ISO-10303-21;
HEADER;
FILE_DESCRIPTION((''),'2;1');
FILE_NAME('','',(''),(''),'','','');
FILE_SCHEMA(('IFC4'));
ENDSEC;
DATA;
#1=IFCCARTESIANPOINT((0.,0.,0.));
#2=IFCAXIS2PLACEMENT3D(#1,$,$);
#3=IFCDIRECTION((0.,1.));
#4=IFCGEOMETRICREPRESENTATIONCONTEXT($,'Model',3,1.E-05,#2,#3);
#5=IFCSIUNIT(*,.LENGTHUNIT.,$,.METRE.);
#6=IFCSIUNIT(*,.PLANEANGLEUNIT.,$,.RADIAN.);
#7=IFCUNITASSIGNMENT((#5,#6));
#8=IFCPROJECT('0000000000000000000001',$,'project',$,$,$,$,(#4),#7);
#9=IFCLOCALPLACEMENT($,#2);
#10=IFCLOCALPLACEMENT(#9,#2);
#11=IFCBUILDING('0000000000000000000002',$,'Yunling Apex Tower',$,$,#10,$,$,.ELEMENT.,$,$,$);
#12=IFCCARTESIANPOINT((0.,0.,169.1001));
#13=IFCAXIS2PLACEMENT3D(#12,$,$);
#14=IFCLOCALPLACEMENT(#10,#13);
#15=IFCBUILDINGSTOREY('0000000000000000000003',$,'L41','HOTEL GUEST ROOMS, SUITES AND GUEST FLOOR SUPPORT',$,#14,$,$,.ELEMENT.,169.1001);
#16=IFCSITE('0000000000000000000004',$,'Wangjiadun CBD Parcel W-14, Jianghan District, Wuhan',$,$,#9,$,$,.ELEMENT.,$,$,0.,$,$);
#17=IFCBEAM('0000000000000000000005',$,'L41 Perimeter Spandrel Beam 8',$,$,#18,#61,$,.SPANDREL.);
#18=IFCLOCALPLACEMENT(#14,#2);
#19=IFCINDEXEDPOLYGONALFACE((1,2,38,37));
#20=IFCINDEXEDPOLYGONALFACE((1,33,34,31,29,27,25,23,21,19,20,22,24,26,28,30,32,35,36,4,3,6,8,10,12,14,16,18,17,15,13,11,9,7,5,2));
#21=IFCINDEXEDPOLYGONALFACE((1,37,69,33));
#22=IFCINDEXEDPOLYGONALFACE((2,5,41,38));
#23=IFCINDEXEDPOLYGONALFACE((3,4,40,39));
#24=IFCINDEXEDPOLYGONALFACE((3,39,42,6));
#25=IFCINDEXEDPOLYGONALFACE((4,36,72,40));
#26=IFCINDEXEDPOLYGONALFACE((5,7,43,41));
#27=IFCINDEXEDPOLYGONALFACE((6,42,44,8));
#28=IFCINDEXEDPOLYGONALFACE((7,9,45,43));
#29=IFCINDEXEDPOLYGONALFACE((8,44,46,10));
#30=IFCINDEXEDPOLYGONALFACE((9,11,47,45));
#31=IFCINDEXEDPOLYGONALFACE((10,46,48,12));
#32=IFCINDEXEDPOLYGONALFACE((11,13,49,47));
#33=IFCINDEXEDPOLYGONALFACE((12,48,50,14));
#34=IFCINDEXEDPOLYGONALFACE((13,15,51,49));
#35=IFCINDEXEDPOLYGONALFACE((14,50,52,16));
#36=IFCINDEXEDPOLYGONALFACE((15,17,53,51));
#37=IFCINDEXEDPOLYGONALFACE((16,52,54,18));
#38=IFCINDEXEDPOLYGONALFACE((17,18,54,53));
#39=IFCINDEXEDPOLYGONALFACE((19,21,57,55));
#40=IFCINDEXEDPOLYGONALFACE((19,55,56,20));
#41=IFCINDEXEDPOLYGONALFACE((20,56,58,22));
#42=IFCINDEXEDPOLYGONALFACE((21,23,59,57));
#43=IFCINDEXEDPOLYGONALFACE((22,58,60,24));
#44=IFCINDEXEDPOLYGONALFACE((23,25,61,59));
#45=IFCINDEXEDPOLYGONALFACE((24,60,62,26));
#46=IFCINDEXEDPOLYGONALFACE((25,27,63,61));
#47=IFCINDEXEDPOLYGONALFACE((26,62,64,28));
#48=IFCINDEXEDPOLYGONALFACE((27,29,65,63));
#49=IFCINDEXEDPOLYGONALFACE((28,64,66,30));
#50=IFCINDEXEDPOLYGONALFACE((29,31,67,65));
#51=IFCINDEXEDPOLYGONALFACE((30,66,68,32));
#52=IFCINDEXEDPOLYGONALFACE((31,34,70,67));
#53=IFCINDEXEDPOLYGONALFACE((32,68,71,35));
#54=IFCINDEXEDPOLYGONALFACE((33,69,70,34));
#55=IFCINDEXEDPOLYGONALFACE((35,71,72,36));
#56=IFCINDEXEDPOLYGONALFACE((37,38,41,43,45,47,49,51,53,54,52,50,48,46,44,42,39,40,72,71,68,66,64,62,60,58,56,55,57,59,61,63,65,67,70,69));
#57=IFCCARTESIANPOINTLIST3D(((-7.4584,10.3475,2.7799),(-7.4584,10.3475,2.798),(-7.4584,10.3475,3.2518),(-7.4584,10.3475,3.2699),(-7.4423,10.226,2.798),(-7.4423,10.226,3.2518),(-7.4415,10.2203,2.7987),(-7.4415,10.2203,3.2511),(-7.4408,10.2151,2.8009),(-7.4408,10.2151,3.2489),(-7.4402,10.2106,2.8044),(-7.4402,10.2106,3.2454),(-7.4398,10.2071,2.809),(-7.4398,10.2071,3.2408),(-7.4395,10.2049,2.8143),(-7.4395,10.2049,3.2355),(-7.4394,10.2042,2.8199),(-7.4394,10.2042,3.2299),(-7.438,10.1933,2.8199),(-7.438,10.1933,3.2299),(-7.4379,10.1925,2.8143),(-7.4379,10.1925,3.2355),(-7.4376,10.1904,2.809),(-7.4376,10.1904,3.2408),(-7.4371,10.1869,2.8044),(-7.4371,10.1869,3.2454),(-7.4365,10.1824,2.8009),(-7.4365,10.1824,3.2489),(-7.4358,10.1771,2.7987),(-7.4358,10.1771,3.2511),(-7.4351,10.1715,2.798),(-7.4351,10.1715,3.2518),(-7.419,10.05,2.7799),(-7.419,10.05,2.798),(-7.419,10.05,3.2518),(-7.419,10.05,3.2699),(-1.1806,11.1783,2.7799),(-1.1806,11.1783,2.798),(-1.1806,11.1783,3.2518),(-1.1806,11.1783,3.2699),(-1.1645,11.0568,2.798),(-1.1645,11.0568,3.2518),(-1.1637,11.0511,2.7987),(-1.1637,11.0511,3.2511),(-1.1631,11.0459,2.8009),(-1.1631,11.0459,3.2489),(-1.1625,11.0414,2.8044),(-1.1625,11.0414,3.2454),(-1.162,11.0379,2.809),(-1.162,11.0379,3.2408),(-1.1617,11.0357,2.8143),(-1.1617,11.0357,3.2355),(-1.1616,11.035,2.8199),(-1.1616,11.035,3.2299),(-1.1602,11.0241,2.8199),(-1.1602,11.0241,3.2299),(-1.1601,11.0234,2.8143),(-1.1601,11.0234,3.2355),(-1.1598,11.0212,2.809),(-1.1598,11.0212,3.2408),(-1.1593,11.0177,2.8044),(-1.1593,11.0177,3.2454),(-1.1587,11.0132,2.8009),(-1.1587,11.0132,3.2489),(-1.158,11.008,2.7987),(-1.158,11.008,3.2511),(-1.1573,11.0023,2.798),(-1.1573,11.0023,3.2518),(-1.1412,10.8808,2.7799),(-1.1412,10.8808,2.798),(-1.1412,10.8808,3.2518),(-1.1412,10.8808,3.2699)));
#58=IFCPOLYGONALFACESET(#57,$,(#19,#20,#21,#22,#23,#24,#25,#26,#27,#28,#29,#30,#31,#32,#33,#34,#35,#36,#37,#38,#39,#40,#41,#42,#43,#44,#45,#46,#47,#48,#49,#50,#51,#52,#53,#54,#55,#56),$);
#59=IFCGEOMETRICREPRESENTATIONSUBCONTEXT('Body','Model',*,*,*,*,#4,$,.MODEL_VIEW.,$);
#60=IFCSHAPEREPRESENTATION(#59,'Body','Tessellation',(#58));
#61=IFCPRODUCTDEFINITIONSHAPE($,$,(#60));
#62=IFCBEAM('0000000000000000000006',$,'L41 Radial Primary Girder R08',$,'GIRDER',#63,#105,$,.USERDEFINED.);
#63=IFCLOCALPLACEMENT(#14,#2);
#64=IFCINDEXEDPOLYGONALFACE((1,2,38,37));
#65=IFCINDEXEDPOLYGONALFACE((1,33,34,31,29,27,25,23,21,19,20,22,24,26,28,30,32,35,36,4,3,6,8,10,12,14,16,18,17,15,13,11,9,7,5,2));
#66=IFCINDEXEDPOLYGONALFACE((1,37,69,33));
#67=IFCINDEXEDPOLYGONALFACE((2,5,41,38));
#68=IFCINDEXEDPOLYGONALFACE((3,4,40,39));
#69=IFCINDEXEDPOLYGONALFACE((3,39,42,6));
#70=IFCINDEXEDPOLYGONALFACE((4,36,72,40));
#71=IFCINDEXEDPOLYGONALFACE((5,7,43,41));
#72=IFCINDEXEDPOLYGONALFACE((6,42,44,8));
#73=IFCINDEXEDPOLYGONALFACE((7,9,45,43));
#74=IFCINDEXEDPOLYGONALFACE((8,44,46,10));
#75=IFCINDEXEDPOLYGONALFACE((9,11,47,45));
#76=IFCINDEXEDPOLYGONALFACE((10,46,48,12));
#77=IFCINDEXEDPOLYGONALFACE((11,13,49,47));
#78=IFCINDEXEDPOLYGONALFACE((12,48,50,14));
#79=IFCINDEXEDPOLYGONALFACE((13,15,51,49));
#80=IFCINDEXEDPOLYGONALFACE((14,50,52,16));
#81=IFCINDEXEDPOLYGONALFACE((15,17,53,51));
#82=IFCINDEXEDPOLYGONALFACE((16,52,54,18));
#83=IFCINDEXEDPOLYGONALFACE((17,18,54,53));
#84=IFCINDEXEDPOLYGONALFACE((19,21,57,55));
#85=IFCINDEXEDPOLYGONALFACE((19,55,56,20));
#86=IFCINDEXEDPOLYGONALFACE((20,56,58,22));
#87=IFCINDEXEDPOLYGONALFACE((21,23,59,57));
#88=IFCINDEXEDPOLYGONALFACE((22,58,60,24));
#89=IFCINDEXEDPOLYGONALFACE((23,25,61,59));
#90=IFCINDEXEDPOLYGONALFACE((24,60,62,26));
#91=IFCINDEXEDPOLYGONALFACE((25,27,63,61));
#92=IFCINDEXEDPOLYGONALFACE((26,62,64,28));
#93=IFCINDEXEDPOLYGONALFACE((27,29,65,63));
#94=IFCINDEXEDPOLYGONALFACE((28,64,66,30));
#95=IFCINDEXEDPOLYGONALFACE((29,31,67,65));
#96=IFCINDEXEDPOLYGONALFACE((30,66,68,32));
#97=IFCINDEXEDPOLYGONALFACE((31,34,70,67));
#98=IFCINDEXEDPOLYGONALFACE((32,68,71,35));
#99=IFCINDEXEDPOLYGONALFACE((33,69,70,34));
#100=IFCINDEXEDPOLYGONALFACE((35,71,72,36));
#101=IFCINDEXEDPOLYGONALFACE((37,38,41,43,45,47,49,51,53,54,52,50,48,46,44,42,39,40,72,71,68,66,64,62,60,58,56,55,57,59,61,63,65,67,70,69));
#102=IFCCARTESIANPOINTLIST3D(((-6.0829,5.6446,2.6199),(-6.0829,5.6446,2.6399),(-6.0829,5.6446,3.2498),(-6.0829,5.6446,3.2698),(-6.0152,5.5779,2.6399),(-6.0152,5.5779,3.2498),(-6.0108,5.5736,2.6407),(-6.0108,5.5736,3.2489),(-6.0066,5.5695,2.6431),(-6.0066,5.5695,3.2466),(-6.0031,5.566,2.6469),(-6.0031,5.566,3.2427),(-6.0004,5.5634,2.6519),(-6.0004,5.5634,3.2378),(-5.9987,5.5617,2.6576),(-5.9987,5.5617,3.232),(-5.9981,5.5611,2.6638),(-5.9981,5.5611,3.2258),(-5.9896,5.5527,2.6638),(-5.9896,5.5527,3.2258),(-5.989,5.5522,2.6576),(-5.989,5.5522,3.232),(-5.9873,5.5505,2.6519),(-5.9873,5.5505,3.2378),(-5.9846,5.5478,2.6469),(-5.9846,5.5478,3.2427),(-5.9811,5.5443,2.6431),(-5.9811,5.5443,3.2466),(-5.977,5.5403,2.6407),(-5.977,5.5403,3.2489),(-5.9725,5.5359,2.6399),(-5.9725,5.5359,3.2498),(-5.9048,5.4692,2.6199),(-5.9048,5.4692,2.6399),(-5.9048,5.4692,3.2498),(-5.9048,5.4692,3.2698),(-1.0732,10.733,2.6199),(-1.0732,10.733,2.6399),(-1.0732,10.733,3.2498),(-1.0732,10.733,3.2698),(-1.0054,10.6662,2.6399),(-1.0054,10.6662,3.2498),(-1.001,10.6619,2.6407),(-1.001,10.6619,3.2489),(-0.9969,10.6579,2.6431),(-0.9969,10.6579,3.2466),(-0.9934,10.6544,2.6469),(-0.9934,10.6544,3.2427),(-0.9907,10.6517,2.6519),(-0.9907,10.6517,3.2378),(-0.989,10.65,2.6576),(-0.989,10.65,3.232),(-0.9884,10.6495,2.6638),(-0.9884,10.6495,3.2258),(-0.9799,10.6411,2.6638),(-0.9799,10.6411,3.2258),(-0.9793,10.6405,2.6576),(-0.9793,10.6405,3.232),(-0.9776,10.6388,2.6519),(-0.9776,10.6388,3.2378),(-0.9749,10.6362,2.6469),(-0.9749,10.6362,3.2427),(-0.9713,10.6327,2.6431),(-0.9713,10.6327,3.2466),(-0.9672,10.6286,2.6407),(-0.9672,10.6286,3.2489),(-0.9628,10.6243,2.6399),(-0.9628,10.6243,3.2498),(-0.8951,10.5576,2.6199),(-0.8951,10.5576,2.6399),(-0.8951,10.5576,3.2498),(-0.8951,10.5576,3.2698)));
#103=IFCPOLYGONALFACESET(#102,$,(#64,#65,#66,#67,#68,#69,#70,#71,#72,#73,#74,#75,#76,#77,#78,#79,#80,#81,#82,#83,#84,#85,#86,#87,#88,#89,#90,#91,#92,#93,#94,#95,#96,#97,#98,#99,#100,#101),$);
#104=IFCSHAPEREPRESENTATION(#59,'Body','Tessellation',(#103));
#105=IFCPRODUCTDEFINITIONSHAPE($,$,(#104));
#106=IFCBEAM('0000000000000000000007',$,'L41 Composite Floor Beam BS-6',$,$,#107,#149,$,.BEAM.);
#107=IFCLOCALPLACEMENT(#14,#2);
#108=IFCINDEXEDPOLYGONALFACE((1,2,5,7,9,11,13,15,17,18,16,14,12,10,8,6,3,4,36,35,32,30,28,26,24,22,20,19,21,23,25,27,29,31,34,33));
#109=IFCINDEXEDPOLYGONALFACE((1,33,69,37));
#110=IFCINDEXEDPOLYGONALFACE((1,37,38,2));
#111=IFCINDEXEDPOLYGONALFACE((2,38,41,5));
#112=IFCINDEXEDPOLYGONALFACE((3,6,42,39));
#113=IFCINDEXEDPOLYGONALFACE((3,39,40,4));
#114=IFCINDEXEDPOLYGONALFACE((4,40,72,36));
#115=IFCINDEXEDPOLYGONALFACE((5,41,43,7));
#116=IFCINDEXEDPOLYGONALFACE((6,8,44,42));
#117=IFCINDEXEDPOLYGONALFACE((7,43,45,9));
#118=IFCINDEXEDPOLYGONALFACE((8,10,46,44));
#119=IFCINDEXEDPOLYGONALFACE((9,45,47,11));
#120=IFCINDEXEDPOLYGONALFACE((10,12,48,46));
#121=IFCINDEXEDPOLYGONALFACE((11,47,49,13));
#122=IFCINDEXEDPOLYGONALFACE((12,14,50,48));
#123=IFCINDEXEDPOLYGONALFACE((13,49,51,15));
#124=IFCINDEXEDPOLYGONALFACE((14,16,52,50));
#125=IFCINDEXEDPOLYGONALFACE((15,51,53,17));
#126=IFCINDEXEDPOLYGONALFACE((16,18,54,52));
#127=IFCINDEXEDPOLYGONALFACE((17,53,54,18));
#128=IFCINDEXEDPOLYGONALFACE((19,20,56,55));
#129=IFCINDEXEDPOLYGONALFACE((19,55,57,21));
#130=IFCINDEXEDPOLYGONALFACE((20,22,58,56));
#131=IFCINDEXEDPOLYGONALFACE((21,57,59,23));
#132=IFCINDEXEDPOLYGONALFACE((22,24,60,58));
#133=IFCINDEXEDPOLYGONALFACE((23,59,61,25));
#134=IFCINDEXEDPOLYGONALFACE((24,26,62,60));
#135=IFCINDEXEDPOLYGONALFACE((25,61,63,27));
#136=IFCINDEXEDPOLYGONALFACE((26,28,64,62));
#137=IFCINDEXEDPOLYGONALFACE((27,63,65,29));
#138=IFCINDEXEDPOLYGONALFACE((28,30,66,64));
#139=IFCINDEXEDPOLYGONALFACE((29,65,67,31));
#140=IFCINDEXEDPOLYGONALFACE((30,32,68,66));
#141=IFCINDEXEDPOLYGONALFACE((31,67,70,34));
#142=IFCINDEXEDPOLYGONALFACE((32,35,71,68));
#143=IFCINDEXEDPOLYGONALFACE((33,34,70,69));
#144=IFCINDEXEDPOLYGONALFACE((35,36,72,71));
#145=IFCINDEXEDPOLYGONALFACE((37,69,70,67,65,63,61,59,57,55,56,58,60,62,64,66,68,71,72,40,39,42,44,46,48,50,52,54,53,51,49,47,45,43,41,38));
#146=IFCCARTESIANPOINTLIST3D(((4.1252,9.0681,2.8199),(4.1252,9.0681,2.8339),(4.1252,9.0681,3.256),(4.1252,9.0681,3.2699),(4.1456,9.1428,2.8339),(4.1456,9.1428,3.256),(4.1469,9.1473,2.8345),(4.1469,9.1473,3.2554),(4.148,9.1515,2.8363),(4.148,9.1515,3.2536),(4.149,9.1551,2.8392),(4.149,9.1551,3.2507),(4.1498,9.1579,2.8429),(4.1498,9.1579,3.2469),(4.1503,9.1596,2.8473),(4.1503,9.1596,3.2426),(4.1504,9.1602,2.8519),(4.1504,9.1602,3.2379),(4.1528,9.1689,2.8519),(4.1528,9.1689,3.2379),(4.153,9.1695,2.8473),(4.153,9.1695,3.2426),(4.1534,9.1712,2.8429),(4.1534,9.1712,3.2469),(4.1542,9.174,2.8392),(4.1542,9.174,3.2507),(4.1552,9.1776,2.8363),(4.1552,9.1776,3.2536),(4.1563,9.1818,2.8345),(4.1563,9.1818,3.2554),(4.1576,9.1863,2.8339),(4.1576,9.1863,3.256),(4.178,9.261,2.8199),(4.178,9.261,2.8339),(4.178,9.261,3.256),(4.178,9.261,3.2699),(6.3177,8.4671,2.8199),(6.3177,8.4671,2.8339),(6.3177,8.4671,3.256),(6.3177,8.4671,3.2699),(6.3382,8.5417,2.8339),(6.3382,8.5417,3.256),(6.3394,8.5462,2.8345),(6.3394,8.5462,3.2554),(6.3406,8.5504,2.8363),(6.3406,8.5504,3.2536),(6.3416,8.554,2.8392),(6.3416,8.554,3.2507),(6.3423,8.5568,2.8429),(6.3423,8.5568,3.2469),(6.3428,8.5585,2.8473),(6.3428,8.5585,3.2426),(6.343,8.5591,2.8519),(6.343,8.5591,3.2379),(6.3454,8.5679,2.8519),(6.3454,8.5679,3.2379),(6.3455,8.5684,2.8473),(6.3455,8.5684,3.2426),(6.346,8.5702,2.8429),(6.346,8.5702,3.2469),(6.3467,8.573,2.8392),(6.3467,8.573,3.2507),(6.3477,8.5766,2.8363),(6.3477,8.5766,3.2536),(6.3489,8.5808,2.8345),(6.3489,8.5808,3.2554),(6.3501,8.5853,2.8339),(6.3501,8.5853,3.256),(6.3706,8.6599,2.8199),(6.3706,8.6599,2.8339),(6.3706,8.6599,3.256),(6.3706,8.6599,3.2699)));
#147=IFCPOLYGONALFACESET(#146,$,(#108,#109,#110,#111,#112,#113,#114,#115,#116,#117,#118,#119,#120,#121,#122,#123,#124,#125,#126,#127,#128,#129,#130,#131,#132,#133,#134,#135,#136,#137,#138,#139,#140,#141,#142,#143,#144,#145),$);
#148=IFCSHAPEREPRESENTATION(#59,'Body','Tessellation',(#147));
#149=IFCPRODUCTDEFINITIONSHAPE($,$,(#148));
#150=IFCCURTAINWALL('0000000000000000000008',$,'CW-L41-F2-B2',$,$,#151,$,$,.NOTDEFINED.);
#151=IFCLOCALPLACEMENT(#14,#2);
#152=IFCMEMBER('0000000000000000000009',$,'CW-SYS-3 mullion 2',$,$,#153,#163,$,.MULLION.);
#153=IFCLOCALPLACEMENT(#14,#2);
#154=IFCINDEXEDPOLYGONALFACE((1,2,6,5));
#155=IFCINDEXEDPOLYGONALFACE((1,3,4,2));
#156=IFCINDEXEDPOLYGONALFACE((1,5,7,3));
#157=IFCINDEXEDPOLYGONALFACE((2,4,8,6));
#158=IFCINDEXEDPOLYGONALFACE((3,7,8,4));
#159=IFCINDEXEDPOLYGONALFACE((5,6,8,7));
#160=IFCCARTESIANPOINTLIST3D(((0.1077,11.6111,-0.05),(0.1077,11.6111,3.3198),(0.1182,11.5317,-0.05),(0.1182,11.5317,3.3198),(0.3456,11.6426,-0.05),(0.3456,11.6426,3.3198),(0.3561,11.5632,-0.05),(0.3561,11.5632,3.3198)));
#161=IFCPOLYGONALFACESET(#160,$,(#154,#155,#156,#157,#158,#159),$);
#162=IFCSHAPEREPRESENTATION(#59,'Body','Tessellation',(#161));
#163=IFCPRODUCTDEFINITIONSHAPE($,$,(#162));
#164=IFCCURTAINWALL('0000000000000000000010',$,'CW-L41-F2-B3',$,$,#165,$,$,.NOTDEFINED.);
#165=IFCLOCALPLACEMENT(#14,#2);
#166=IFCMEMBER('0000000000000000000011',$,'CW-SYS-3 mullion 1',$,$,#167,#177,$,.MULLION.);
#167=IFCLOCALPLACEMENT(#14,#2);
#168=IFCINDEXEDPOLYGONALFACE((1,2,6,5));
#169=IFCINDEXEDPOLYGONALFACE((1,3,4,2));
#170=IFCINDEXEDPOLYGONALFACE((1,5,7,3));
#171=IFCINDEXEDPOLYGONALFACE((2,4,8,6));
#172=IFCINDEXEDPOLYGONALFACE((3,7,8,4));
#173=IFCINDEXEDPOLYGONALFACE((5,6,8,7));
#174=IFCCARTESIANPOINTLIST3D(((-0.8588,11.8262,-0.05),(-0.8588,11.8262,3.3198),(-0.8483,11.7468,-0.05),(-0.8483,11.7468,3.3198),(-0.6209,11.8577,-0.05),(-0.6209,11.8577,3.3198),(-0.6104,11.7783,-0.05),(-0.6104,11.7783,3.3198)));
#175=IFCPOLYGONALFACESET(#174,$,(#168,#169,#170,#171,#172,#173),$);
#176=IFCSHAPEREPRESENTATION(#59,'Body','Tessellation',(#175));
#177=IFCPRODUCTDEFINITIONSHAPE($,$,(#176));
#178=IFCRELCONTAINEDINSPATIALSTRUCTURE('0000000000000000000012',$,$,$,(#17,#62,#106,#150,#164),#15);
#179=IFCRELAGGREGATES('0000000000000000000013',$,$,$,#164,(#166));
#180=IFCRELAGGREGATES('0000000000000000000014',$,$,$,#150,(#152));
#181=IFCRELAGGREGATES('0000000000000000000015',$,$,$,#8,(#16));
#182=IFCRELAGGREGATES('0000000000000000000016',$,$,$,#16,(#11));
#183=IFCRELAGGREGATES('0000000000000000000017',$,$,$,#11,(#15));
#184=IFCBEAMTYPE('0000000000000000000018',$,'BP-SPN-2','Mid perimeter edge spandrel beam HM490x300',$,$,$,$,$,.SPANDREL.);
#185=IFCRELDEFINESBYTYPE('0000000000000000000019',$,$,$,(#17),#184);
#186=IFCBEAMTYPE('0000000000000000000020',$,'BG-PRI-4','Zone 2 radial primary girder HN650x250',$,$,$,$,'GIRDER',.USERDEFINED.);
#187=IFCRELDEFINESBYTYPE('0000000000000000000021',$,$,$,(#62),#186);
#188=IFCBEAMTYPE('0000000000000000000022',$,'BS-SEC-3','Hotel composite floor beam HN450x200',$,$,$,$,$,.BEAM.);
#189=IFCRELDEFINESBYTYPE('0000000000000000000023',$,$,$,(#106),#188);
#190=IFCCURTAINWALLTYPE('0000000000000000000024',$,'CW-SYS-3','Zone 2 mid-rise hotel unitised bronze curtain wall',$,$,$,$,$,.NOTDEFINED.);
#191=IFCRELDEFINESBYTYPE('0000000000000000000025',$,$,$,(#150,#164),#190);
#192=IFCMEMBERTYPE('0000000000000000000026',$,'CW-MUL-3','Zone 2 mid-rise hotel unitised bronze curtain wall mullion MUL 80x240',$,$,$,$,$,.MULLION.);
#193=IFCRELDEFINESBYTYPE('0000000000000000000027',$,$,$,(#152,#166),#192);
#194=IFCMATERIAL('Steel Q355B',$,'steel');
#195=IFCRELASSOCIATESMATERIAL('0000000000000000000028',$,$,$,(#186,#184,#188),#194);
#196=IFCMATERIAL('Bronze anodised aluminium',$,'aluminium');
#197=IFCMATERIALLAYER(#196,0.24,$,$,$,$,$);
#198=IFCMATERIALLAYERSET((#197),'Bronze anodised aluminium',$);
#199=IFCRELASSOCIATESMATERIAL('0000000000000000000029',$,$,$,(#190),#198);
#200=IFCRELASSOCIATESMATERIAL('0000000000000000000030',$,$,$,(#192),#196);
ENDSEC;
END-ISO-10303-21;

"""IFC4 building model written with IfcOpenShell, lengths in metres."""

from ifc_helpers import new_model, si_unit, direction, frame, origin, origin_2d, place, context, subcontext, project, spatial, rectangle, i_section, extrude, source, transform, mapped, material, layer, layer_set, material_profile, profile_set, type_object, element, aggregate, save


model = new_model("IFC4")

# Units and contexts
model_context = context("Model", 3, precision=1e-05, world=origin(), true_north=direction((0.0, 1.0)))
body_context = subcontext(model_context, "Body", "Model", "MODEL_VIEW")
ifc_project = project(units=[si_unit("LENGTHUNIT", "METRE"), si_unit("PLANEANGLEUNIT", "RADIAN")], contexts=[model_context])

# Site, building, storey
site_placement = place(None, origin())
site = spatial("IfcSite", under=ifc_project, at=site_placement, Name="Wangjiadun CBD Parcel W-14, Jianghan District, Wuhan", CompositionType="ELEMENT", RefElevation=0.0)
building_placement = place(site_placement, origin())
building = spatial("IfcBuilding", under=site, at=building_placement, Name="Yunling Apex Tower", CompositionType="ELEMENT")
storey_placement = place(building_placement, frame((0.0, 0.0, 169.1001)))
storey = spatial("IfcBuildingStorey", under=building, at=storey_placement, Name="L41", Description="HOTEL GUEST ROOMS, SUITES AND GUEST FLOOR SUPPORT", CompositionType="ELEMENT", Elevation=169.1001)

# Beams
ifc_material_1 = material(Name="Steel Q355B", Category="steel")
ifc_material_profile_1 = material_profile(ifc_material_1, i_section(OverallWidth=0.25, OverallDepth=0.6499, WebThickness=0.012, FlangeThickness=0.02, FilletRadius=0.0239, at=origin_2d()))
ifc_profile_set_1 = profile_set([ifc_material_profile_1], Name="Steel Q355B")
beam_type_1 = type_object("IfcBeamType", Name="BG-PRI-4", Description="Zone 2 radial primary girder HN650x250", ElementType="GIRDER", PredefinedType="USERDEFINED", material=ifc_profile_set_1)
ifc_material_profile_2 = material_profile(ifc_material_1, i_section(OverallWidth=0.3, OverallDepth=0.49, WebThickness=0.011, FlangeThickness=0.0181, FilletRadius=0.022, at=origin_2d()))
ifc_profile_set_2 = profile_set([ifc_material_profile_2], Name="Steel Q355B")
beam_type_2 = type_object("IfcBeamType", Name="BP-SPN-2", Description="Mid perimeter edge spandrel beam HM490x300", PredefinedType="SPANDREL", material=ifc_profile_set_2)
shared_shape_1 = source(origin(), body_context, "Body", "SweptSolid", [
    extrude(i_section(OverallWidth=0.3, OverallDepth=0.49, WebThickness=0.011, FlangeThickness=0.0181, FilletRadius=0.022, at=origin_2d()), origin(), (0.0, 0.0, 1.0), 6.3325),
])
beam_1_placement = place(storey_placement, frame((-1.1609, 11.0295, 3.0249), z_axis=(-0.991356, -0.131196, 0.0), x_axis=(0.131196, -0.991356, 0.0)))
element("IfcBeam", 1, at=beam_1_placement, inside=storey, type_object=beam_type_2, Name="L41 Perimeter Spandrel Beam 8", PredefinedType="SPANDREL", context=body_context, shape_type="MappedRepresentation", body=[
    mapped(shared_shape_1, transform((0.0, 0.0, 0.0), scale=1.0)),
])
shared_shape_2 = source(origin(), body_context, "Body", "SweptSolid", [
    extrude(i_section(OverallWidth=0.25, OverallDepth=0.6499, WebThickness=0.012, FlangeThickness=0.02, FilletRadius=0.0239, at=origin_2d()), origin(), (0.0, 0.0, 1.0), 7.1406),
])
beam_2_placement = place(storey_placement, frame((-0.9841, 10.6453, 2.9448), z_axis=(-0.701581, -0.71259, 0.0), x_axis=(0.71259, -0.701581, 0.0)))
element("IfcBeam", 2, at=beam_2_placement, inside=storey, type_object=beam_type_1, Name="L41 Radial Primary Girder R08", ObjectType="GIRDER", PredefinedType="USERDEFINED", context=body_context, shape_type="MappedRepresentation", body=[
    mapped(shared_shape_2, transform((0.0, 0.0, 0.0), scale=1.0)),
])
ifc_material_profile_3 = material_profile(ifc_material_1, i_section(OverallWidth=0.2, OverallDepth=0.45, WebThickness=0.009, FlangeThickness=0.0139, FilletRadius=0.0181, at=origin_2d()))
ifc_profile_set_3 = profile_set([ifc_material_profile_3], Name="Steel Q355B")
beam_type_3 = type_object("IfcBeamType", Name="BS-SEC-3", Description="Hotel composite floor beam HN450x200", PredefinedType="BEAM", material=ifc_profile_set_3)
shared_shape_3 = source(origin(), body_context, "Body", "SweptSolid", [
    extrude(i_section(OverallWidth=0.2, OverallDepth=0.45, WebThickness=0.009, FlangeThickness=0.0139, FilletRadius=0.0181, at=origin_2d()), origin(), (0.0, 0.0, 1.0), 2.2734),
])
beam_3_placement = place(storey_placement, frame((4.1516, 9.1646, 3.0449), z_axis=(0.964419, -0.26438, 0.0), x_axis=(0.26438, 0.964419, 0.0)))
element("IfcBeam", 3, at=beam_3_placement, inside=storey, type_object=beam_type_3, Name="L41 Composite Floor Beam BS-6", PredefinedType="BEAM", context=body_context, shape_type="MappedRepresentation", body=[
    mapped(shared_shape_3, transform((0.0, 0.0, 0.0), scale=1.0)),
])

# Curtain wall, member
ifc_material_2 = material(Name="Bronze anodised aluminium", Category="aluminium")
ifc_layer_1 = layer(ifc_material_2, 0.24)
ifc_layer_set_1 = layer_set([ifc_layer_1], Name="Bronze anodised aluminium")
curtain_wall_type = type_object("IfcCurtainWallType", Name="CW-SYS-3", Description="Zone 2 mid-rise hotel unitised bronze curtain wall", PredefinedType="NOTDEFINED", material=ifc_layer_set_1)
curtain_wall_1_placement = place(storey_placement, origin())
curtain_wall_1 = element("IfcCurtainWall", 4, at=curtain_wall_1_placement, inside=storey, type_object=curtain_wall_type, Name="CW-L41-F2-B2", PredefinedType="NOTDEFINED")
ifc_material_profile_4 = material_profile(ifc_material_2, rectangle(XDim=0.0801, YDim=0.24, at=origin_2d()))
ifc_profile_set_4 = profile_set([ifc_material_profile_4], Name="Bronze anodised aluminium")
member_type_1 = type_object("IfcMemberType", Name="CW-MUL-3", Description="Zone 2 mid-rise hotel unitised bronze curtain wall mullion MUL 80x240", PredefinedType="MULLION", material=ifc_profile_set_4)
shared_shape_4 = source(origin(), body_context, "Body", "SweptSolid", [
    extrude(rectangle(XDim=0.0801, YDim=0.24, at=origin_2d()), origin(), (0.0, 0.0, 1.0), 3.3699),
])
member_1_placement = place(storey_placement, frame((0.2319, 11.5872, -0.05), z_axis=(0.0, 0.0, 1.0), x_axis=(0.131205, -0.991355, 0.0)))
member_1 = element("IfcMember", 5, at=member_1_placement, type_object=member_type_1, Name="CW-SYS-3 mullion 2", PredefinedType="MULLION", context=body_context, shape_type="MappedRepresentation", body=[
    mapped(shared_shape_4, transform((0.0, 0.0, 0.0), scale=1.0)),
])

# Curtain wall, member
curtain_wall_2_placement = place(storey_placement, origin())
curtain_wall_2 = element("IfcCurtainWall", 6, at=curtain_wall_2_placement, inside=storey, type_object=curtain_wall_type, Name="CW-L41-F2-B3", PredefinedType="NOTDEFINED")
member_2_placement = place(storey_placement, frame((-0.7346, 11.8022, -0.05), z_axis=(0.0, 0.0, 1.0), x_axis=(0.131209, -0.991355, 0.0)))
member_2 = element("IfcMember", 7, at=member_2_placement, type_object=member_type_1, Name="CW-SYS-3 mullion 1", PredefinedType="MULLION", context=body_context, shape_type="MappedRepresentation", body=[
    mapped(shared_shape_4, transform((0.0, 0.0, 0.0), scale=1.0)),
])
aggregate(curtain_wall_2, [member_2])

aggregate(curtain_wall_1, [member_1])

save(model, "model.ifc")
